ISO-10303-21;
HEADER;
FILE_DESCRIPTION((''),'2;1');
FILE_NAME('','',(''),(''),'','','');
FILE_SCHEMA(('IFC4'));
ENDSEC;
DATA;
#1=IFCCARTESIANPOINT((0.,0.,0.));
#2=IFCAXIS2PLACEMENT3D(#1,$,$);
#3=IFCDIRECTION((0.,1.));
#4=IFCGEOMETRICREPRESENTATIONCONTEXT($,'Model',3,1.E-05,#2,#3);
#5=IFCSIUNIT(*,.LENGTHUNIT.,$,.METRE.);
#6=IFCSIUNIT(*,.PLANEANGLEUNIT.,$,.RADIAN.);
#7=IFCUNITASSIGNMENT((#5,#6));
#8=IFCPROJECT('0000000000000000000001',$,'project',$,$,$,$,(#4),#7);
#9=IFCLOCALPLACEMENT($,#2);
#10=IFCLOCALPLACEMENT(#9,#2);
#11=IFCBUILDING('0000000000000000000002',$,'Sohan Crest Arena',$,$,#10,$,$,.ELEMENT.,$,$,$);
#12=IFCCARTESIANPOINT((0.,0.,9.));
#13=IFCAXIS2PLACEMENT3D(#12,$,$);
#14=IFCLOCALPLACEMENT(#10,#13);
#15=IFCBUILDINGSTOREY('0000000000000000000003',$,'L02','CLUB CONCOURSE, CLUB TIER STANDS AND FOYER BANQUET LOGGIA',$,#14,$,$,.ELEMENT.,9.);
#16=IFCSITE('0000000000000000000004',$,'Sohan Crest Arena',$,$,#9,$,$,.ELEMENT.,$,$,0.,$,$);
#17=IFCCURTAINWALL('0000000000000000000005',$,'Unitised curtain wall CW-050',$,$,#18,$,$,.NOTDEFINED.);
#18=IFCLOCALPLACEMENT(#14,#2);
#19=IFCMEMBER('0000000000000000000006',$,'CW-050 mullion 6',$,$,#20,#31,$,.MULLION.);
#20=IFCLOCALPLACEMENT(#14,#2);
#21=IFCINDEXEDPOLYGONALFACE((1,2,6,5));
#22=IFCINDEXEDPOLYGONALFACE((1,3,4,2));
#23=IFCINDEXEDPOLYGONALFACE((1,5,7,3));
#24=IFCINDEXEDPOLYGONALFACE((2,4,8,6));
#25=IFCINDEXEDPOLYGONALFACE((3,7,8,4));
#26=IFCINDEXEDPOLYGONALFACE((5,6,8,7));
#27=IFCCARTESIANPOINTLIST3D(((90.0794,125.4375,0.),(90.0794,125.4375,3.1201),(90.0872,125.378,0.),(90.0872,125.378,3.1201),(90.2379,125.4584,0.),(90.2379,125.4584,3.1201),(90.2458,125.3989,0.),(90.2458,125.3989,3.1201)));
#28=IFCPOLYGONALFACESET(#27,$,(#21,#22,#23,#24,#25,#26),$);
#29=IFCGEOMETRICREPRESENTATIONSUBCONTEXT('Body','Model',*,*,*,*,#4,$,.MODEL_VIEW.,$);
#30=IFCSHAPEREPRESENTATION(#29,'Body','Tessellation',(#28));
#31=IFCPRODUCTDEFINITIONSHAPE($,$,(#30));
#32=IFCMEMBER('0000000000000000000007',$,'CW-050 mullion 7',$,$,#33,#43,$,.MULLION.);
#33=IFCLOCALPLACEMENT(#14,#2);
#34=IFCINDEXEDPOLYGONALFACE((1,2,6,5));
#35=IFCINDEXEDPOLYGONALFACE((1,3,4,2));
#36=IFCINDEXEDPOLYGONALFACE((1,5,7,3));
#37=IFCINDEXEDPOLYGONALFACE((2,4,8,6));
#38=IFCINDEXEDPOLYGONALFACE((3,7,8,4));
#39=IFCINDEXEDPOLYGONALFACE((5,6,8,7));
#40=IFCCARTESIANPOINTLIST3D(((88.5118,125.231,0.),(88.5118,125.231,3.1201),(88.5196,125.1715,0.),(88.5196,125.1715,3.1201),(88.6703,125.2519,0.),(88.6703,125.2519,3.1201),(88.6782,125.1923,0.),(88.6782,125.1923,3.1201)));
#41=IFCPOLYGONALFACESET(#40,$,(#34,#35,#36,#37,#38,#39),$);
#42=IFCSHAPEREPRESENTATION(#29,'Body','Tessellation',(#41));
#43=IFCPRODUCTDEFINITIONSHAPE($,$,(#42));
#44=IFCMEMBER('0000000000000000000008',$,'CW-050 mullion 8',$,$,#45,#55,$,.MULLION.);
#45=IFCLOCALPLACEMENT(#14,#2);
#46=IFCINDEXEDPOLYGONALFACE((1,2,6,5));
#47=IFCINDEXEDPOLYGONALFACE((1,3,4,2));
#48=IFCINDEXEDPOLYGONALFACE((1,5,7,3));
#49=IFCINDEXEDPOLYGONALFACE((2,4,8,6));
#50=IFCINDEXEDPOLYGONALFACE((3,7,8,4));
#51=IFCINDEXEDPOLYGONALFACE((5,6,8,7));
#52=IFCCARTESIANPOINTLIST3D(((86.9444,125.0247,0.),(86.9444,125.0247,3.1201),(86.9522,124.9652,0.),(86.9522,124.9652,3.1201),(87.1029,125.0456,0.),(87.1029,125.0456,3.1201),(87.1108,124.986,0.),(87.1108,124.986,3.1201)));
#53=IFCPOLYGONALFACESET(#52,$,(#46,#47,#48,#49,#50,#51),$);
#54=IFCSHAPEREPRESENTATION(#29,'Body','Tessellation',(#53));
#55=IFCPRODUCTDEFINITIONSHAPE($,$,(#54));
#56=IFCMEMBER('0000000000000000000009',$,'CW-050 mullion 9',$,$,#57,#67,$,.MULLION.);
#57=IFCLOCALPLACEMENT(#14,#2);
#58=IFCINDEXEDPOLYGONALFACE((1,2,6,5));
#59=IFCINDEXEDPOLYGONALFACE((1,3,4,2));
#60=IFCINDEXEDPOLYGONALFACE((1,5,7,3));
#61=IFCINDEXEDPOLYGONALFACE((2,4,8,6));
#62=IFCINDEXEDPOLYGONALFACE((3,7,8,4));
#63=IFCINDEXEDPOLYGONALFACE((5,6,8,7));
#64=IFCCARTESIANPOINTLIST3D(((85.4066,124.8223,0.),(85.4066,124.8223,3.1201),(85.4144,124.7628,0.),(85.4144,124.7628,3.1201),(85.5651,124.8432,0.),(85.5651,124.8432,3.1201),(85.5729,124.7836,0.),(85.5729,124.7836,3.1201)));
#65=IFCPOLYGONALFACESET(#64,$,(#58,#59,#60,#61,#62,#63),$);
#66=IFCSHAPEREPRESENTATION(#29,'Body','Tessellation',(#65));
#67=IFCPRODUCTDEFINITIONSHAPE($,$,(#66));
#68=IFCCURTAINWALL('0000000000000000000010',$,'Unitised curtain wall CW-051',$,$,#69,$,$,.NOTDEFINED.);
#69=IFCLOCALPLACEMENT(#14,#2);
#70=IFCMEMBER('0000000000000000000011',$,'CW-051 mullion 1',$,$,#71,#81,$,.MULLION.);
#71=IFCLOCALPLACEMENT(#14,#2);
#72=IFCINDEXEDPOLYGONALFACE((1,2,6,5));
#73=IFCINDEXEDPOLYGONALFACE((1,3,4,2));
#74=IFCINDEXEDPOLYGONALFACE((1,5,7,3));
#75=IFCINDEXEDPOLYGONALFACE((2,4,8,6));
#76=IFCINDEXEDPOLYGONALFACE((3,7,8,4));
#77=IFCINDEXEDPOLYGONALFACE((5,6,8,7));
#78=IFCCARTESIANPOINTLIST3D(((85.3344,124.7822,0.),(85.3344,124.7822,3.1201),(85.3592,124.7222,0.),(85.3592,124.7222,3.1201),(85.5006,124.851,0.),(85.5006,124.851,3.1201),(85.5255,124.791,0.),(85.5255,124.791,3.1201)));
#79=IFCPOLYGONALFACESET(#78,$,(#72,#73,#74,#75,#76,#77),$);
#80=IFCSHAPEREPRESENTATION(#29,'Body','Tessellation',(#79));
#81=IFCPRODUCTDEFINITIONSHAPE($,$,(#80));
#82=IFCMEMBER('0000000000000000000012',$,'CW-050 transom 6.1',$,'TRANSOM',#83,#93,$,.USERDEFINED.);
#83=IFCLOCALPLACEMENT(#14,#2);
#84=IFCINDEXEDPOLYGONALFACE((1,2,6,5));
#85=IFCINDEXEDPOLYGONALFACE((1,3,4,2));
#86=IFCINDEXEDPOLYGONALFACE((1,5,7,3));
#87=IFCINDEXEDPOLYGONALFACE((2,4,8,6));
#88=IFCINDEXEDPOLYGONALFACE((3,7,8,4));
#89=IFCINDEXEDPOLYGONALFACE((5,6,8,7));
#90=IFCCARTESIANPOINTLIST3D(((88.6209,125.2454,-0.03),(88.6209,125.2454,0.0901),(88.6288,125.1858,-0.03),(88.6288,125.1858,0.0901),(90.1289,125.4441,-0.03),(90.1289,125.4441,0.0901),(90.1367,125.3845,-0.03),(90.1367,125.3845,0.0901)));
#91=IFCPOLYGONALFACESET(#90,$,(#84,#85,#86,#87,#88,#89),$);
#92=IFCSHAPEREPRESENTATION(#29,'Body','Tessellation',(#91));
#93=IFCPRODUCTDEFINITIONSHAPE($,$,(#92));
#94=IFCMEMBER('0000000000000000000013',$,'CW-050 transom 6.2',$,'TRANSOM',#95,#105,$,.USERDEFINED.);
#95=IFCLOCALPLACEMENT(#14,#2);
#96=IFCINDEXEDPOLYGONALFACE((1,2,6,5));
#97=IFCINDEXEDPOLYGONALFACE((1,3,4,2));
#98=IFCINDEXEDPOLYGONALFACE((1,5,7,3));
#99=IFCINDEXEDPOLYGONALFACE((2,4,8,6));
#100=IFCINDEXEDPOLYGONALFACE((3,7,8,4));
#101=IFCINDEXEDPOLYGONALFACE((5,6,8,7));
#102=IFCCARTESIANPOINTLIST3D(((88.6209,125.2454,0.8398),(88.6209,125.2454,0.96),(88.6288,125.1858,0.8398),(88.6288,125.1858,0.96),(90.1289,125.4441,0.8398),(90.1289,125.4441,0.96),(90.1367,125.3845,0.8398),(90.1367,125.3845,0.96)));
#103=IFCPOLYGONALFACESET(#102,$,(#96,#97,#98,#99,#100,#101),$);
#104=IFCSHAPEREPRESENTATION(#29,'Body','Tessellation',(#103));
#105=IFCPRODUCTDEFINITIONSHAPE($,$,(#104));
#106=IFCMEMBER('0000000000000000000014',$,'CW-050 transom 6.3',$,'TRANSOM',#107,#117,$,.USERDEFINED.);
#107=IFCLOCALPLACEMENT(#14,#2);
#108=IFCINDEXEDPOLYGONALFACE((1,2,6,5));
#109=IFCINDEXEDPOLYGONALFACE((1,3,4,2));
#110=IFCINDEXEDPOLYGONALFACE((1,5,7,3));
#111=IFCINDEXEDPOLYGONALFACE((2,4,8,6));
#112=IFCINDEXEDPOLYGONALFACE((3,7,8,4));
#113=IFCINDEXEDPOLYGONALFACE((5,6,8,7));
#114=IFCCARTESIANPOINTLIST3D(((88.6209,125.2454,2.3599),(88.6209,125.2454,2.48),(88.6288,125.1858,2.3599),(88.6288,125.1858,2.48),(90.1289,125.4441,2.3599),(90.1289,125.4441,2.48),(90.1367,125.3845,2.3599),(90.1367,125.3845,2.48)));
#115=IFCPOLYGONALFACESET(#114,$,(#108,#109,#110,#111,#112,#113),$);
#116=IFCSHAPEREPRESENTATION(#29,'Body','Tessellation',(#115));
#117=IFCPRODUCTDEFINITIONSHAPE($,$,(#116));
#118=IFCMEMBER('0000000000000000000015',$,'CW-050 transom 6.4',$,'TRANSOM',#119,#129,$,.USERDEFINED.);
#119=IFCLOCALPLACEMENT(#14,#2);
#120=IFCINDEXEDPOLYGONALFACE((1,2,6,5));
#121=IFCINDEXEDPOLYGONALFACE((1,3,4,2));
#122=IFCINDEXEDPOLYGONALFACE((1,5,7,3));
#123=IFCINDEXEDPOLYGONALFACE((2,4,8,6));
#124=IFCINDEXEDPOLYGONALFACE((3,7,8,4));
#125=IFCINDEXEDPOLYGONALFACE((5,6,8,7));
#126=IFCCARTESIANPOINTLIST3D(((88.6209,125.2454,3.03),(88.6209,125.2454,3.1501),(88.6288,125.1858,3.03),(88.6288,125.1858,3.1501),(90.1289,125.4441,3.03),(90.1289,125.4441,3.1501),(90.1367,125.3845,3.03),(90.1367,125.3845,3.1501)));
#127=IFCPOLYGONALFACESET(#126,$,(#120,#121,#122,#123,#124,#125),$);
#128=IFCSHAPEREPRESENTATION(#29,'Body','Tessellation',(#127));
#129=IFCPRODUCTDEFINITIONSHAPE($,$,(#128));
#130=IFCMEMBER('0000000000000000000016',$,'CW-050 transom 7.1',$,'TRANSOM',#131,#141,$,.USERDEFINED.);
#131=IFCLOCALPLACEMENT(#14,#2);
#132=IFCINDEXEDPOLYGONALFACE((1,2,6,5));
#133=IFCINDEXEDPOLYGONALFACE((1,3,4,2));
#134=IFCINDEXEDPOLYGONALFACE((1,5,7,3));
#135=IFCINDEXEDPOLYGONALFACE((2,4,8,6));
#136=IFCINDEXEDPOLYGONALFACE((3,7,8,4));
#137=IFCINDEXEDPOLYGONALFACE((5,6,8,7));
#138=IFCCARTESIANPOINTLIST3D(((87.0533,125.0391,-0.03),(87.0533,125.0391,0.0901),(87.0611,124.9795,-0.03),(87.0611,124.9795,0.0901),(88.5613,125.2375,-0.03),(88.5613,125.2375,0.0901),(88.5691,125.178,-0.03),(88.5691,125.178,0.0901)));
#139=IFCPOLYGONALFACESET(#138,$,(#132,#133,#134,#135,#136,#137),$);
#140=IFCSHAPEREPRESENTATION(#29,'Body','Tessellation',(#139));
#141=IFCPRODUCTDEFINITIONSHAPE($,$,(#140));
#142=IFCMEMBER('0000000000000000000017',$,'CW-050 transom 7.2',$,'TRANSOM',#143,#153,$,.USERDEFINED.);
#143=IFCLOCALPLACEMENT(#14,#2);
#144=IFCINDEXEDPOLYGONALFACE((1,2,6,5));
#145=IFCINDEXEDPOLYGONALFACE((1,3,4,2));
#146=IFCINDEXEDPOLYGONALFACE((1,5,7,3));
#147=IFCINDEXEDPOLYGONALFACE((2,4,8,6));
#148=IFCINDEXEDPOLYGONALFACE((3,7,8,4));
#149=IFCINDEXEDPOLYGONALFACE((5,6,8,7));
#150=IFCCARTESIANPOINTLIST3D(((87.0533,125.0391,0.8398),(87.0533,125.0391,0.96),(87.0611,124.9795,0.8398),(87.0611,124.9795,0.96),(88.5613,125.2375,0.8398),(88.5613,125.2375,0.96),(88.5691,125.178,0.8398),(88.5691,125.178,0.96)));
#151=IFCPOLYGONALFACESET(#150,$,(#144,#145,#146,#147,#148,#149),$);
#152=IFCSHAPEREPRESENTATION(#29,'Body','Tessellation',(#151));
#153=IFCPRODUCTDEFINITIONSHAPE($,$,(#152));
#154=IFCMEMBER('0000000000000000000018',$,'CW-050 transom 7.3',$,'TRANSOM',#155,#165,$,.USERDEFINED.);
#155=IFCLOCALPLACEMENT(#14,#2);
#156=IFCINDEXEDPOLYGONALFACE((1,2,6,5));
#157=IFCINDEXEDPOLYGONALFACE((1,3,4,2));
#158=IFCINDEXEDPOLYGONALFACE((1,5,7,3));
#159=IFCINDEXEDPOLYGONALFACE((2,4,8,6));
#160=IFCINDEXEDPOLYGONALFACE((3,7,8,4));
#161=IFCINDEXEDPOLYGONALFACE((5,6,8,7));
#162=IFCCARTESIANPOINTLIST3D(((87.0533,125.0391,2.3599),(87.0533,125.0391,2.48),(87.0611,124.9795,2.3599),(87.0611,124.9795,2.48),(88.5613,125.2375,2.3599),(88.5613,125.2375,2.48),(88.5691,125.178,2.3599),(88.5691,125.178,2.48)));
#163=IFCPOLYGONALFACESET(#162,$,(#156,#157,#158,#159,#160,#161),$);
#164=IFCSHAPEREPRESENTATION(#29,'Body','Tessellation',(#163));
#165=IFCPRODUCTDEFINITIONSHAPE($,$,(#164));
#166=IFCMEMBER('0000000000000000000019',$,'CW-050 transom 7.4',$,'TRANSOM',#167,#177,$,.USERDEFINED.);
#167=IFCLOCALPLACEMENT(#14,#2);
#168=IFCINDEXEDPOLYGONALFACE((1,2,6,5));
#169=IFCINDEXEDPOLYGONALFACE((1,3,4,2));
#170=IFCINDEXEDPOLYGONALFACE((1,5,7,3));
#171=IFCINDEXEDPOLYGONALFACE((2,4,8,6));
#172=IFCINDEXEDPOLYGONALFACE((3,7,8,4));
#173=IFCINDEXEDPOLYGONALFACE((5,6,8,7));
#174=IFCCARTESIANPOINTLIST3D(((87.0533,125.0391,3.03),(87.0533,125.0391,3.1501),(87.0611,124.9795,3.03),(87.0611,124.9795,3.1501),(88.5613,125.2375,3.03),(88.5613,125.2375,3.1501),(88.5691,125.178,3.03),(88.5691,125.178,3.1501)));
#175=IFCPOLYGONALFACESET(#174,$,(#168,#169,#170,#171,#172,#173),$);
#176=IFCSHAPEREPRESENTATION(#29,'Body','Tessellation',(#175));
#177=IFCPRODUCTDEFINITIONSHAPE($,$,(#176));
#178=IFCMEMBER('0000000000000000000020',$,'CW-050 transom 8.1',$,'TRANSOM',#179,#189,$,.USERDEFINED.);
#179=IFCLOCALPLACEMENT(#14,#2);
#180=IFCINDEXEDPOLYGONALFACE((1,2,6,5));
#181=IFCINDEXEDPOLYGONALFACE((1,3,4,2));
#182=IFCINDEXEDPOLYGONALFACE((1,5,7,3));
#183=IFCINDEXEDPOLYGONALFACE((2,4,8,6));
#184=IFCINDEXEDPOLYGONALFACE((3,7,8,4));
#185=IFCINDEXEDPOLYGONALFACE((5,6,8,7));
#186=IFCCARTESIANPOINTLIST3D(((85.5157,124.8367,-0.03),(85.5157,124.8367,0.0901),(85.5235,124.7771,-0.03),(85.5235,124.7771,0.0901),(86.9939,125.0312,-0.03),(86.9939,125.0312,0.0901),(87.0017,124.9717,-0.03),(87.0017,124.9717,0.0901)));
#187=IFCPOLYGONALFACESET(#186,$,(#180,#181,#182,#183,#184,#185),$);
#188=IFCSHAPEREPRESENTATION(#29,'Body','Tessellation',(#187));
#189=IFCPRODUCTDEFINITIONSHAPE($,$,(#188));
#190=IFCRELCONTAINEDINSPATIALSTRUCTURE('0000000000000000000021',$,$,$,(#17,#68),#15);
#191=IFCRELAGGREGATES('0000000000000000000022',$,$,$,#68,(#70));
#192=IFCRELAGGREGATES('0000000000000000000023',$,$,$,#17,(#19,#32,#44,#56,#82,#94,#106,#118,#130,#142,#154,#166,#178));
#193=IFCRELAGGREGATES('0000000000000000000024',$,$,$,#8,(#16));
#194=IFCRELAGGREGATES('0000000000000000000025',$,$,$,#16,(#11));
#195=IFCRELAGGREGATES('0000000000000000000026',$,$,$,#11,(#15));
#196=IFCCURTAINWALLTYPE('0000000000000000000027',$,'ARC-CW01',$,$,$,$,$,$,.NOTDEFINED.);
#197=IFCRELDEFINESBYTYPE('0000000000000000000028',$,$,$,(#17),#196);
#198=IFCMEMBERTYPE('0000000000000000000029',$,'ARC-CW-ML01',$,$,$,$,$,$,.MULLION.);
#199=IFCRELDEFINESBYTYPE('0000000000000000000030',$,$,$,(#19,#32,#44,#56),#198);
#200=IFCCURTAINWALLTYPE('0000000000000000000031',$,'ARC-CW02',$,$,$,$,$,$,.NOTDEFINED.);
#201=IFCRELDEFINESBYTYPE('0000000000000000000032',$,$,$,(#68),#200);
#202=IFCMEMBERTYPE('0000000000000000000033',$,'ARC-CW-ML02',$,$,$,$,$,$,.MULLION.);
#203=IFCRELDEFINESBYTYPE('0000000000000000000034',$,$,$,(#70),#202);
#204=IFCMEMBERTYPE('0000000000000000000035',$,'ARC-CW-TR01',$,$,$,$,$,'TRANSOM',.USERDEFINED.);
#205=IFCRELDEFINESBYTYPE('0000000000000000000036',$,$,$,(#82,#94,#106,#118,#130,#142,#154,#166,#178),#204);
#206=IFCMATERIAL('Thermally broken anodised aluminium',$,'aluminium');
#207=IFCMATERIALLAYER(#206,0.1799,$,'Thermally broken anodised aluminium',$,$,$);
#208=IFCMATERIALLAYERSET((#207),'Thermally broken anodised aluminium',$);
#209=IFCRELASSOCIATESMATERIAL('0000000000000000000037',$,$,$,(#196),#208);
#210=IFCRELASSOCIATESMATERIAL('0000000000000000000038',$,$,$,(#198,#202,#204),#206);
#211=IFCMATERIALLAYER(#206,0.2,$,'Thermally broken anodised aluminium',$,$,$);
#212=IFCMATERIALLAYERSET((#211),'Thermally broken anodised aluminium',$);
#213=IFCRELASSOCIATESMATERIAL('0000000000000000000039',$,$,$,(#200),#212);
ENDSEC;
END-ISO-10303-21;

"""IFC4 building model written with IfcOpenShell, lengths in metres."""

from ifc_helpers import new_model, si_unit, direction, frame, origin, origin_2d, place, context, subcontext, project, spatial, rectangle, extrude, material, layer, layer_set, material_profile, profile_set, type_object, element, aggregate, save


model = new_model("IFC4")

# Units and contexts
model_context = context("Model", 3, precision=1e-05, world=origin(), true_north=direction((0.0, 1.0)))
body_context = subcontext(model_context, "Body", "Model", "MODEL_VIEW")
ifc_project = project(units=[si_unit("LENGTHUNIT", "METRE"), si_unit("PLANEANGLEUNIT", "RADIAN")], contexts=[model_context])

# Site, building, storey
site_placement = place(None, origin())
site = spatial("IfcSite", under=ifc_project, at=site_placement, Name="Sohan Crest Arena", CompositionType="ELEMENT", RefElevation=0.0)
building_placement = place(site_placement, origin())
building = spatial("IfcBuilding", under=site, at=building_placement, Name="Sohan Crest Arena", CompositionType="ELEMENT")
storey_placement = place(building_placement, frame((0.0, 0.0, 9.0)))
storey = spatial("IfcBuildingStorey", under=building, at=storey_placement, Name="L02", Description="CLUB CONCOURSE, CLUB TIER STANDS AND FOYER BANQUET LOGGIA", CompositionType="ELEMENT", Elevation=9.0)

# Curtain wall, members
ifc_material_1 = material(Name="Thermally broken anodised aluminium", Category="aluminium")
ifc_layer_1 = layer(ifc_material_1, 0.1799, Name="Thermally broken anodised aluminium")
ifc_layer_set_1 = layer_set([ifc_layer_1], Name="Thermally broken anodised aluminium")
curtain_wall_type_1 = type_object("IfcCurtainWallType", Name="ARC-CW01", PredefinedType="NOTDEFINED", material=ifc_layer_set_1)
curtain_wall_1_placement = place(storey_placement, origin())
curtain_wall_1 = element("IfcCurtainWall", 1, at=curtain_wall_1_placement, inside=storey, type_object=curtain_wall_type_1, Name="Unitised curtain wall CW-050", PredefinedType="NOTDEFINED")
ifc_material_profile_1 = material_profile(ifc_material_1, rectangle(XDim=0.0601, YDim=0.1599, at=origin_2d()), Name="ALU-MULL 60x160")
ifc_profile_set_1 = profile_set([ifc_material_profile_1], Name="Thermally broken anodised aluminium")
member_type_1 = type_object("IfcMemberType", Name="ARC-CW-ML01", PredefinedType="MULLION", material=ifc_profile_set_1)
member_1_placement = place(storey_placement, frame((90.1626, 125.4182, 0.0), z_axis=(0.0, 0.0, 1.0), x_axis=(0.130532, -0.991444, 0.0)))
member_1 = element("IfcMember", 2, at=member_1_placement, type_object=member_type_1, Name="CW-050 mullion 6", PredefinedType="MULLION", context=body_context, shape_type="SweptSolid", body=[
    extrude(rectangle(XDim=0.0601, YDim=0.1599, at=origin_2d()), origin(), (0.0, 0.0, 1.0), 3.1201),
])
member_2_placement = place(storey_placement, frame((88.595, 125.2117, 0.0), z_axis=(0.0, 0.0, 1.0), x_axis=(0.130532, -0.991444, 0.0)))
member_2 = element("IfcMember", 3, at=member_2_placement, type_object=member_type_1, Name="CW-050 mullion 7", PredefinedType="MULLION", context=body_context, shape_type="SweptSolid", body=[
    extrude(rectangle(XDim=0.0601, YDim=0.1599, at=origin_2d()), origin(), (0.0, 0.0, 1.0), 3.1201),
])
member_3_placement = place(storey_placement, frame((87.0276, 125.0054, 0.0), z_axis=(0.0, 0.0, 1.0), x_axis=(0.130532, -0.991444, 0.0)))
member_3 = element("IfcMember", 4, at=member_3_placement, type_object=member_type_1, Name="CW-050 mullion 8", PredefinedType="MULLION", context=body_context, shape_type="SweptSolid", body=[
    extrude(rectangle(XDim=0.0601, YDim=0.1599, at=origin_2d()), origin(), (0.0, 0.0, 1.0), 3.1201),
])
member_4_placement = place(storey_placement, frame((85.4897, 124.803, 0.0), z_axis=(0.0, 0.0, 1.0), x_axis=(0.130532, -0.991444, 0.0)))
member_4 = element("IfcMember", 5, at=member_4_placement, type_object=member_type_1, Name="CW-050 mullion 9", PredefinedType="MULLION", context=body_context, shape_type="SweptSolid", body=[
    extrude(rectangle(XDim=0.0601, YDim=0.1599, at=origin_2d()), origin(), (0.0, 0.0, 1.0), 3.1201),
])

# Curtain wall, member
ifc_layer_2 = layer(ifc_material_1, 0.2, Name="Thermally broken anodised aluminium")
ifc_layer_set_2 = layer_set([ifc_layer_2], Name="Thermally broken anodised aluminium")
curtain_wall_type_2 = type_object("IfcCurtainWallType", Name="ARC-CW02", PredefinedType="NOTDEFINED", material=ifc_layer_set_2)
curtain_wall_2_placement = place(storey_placement, origin())
curtain_wall_2 = element("IfcCurtainWall", 6, at=curtain_wall_2_placement, inside=storey, type_object=curtain_wall_type_2, Name="Unitised curtain wall CW-051", PredefinedType="NOTDEFINED")
ifc_material_profile_2 = material_profile(ifc_material_1, rectangle(XDim=0.0649, YDim=0.1799, at=origin_2d()), Name="ALU-MULL 65x180")
ifc_profile_set_2 = profile_set([ifc_material_profile_2], Name="Thermally broken anodised aluminium")
member_type_2 = type_object("IfcMemberType", Name="ARC-CW-ML02", PredefinedType="MULLION", material=ifc_profile_set_2)
member_5_placement = place(storey_placement, frame((85.4299, 124.7866, 0.0), z_axis=(0.0, 0.0, 1.0), x_axis=(0.382678, -0.923882, 0.0)))
member_5 = element("IfcMember", 7, at=member_5_placement, type_object=member_type_2, Name="CW-051 mullion 1", PredefinedType="MULLION", context=body_context, shape_type="SweptSolid", body=[
    extrude(rectangle(XDim=0.0649, YDim=0.1799, at=origin_2d()), origin(), (0.0, 0.0, 1.0), 3.1201),
])
aggregate(curtain_wall_2, [member_5])

# Members
ifc_material_profile_3 = material_profile(ifc_material_1, rectangle(XDim=0.0601, YDim=0.1201, at=origin_2d()), Name="ALU-TRAN 60x120")
ifc_profile_set_3 = profile_set([ifc_material_profile_3], Name="Thermally broken anodised aluminium")
member_type_3 = type_object("IfcMemberType", Name="ARC-CW-TR01", ElementType="TRANSOM", PredefinedType="USERDEFINED", material=ifc_profile_set_3)
member_6_placement = place(storey_placement, frame((90.1328, 125.4143, 0.03), z_axis=(-0.991429, -0.13065, 0.0), x_axis=(0.13065, -0.991429, 0.0)))
member_6 = element("IfcMember", 8, at=member_6_placement, type_object=member_type_3, Name="CW-050 transom 6.1", ObjectType="TRANSOM", PredefinedType="USERDEFINED", context=body_context, shape_type="SweptSolid", body=[
    extrude(rectangle(XDim=0.0601, YDim=0.1201, at=origin_2d()), origin(), (0.0, 0.0, 1.0), 1.521),
])
member_7_placement = place(storey_placement, frame((90.1328, 125.4143, 0.8999), z_axis=(-0.991429, -0.13065, 0.0), x_axis=(0.13065, -0.991429, 0.0)))
member_7 = element("IfcMember", 9, at=member_7_placement, type_object=member_type_3, Name="CW-050 transom 6.2", ObjectType="TRANSOM", PredefinedType="USERDEFINED", context=body_context, shape_type="SweptSolid", body=[
    extrude(rectangle(XDim=0.0601, YDim=0.1201, at=origin_2d()), origin(), (0.0, 0.0, 1.0), 1.521),
])
member_8_placement = place(storey_placement, frame((90.1328, 125.4143, 2.4199), z_axis=(-0.991429, -0.13065, 0.0), x_axis=(0.13065, -0.991429, 0.0)))
member_8 = element("IfcMember", 10, at=member_8_placement, type_object=member_type_3, Name="CW-050 transom 6.3", ObjectType="TRANSOM", PredefinedType="USERDEFINED", context=body_context, shape_type="SweptSolid", body=[
    extrude(rectangle(XDim=0.0601, YDim=0.1201, at=origin_2d()), origin(), (0.0, 0.0, 1.0), 1.521),
])
member_9_placement = place(storey_placement, frame((90.1328, 125.4143, 3.0901), z_axis=(-0.991429, -0.13065, 0.0), x_axis=(0.13065, -0.991429, 0.0)))
member_9 = element("IfcMember", 11, at=member_9_placement, type_object=member_type_3, Name="CW-050 transom 6.4", ObjectType="TRANSOM", PredefinedType="USERDEFINED", context=body_context, shape_type="SweptSolid", body=[
    extrude(rectangle(XDim=0.0601, YDim=0.1201, at=origin_2d()), origin(), (0.0, 0.0, 1.0), 1.521),
])
member_10_placement = place(storey_placement, frame((88.5652, 125.2078, 0.03), z_axis=(-0.991449, -0.130492, 0.0), x_axis=(0.130492, -0.991449, 0.0)))
member_10 = element("IfcMember", 12, at=member_10_placement, type_object=member_type_3, Name="CW-050 transom 7.1", ObjectType="TRANSOM", PredefinedType="USERDEFINED", context=body_context, shape_type="SweptSolid", body=[
    extrude(rectangle(XDim=0.0601, YDim=0.1201, at=origin_2d()), origin(), (0.0, 0.0, 1.0), 1.521),
])
member_11_placement = place(storey_placement, frame((88.5652, 125.2078, 0.8999), z_axis=(-0.991449, -0.130492, 0.0), x_axis=(0.130492, -0.991449, 0.0)))
member_11 = element("IfcMember", 13, at=member_11_placement, type_object=member_type_3, Name="CW-050 transom 7.2", ObjectType="TRANSOM", PredefinedType="USERDEFINED", context=body_context, shape_type="SweptSolid", body=[
    extrude(rectangle(XDim=0.0601, YDim=0.1201, at=origin_2d()), origin(), (0.0, 0.0, 1.0), 1.521),
])
member_12_placement = place(storey_placement, frame((88.5652, 125.2078, 2.4199), z_axis=(-0.991449, -0.130492, 0.0), x_axis=(0.130492, -0.991449, 0.0)))
member_12 = element("IfcMember", 14, at=member_12_placement, type_object=member_type_3, Name="CW-050 transom 7.3", ObjectType="TRANSOM", PredefinedType="USERDEFINED", context=body_context, shape_type="SweptSolid", body=[
    extrude(rectangle(XDim=0.0601, YDim=0.1201, at=origin_2d()), origin(), (0.0, 0.0, 1.0), 1.521),
])
member_13_placement = place(storey_placement, frame((88.5652, 125.2078, 3.0901), z_axis=(-0.991449, -0.130492, 0.0), x_axis=(0.130492, -0.991449, 0.0)))
member_13 = element("IfcMember", 15, at=member_13_placement, type_object=member_type_3, Name="CW-050 transom 7.4", ObjectType="TRANSOM", PredefinedType="USERDEFINED", context=body_context, shape_type="SweptSolid", body=[
    extrude(rectangle(XDim=0.0601, YDim=0.1201, at=origin_2d()), origin(), (0.0, 0.0, 1.0), 1.521),
])
member_14_placement = place(storey_placement, frame((86.9978, 125.0015, 0.03), z_axis=(-0.991448, -0.130501, 0.0), x_axis=(0.130501, -0.991448, 0.0)))
member_14 = element("IfcMember", 16, at=member_14_placement, type_object=member_type_3, Name="CW-050 transom 8.1", ObjectType="TRANSOM", PredefinedType="USERDEFINED", context=body_context, shape_type="SweptSolid", body=[
    extrude(rectangle(XDim=0.0601, YDim=0.1201, at=origin_2d()), origin(), (0.0, 0.0, 1.0), 1.491),
])

aggregate(curtain_wall_1, [member_1, member_2, member_3, member_4, member_6, member_7, member_8, member_9, member_10, member_11, member_12, member_13, member_14])

save(model, "model.ifc")
